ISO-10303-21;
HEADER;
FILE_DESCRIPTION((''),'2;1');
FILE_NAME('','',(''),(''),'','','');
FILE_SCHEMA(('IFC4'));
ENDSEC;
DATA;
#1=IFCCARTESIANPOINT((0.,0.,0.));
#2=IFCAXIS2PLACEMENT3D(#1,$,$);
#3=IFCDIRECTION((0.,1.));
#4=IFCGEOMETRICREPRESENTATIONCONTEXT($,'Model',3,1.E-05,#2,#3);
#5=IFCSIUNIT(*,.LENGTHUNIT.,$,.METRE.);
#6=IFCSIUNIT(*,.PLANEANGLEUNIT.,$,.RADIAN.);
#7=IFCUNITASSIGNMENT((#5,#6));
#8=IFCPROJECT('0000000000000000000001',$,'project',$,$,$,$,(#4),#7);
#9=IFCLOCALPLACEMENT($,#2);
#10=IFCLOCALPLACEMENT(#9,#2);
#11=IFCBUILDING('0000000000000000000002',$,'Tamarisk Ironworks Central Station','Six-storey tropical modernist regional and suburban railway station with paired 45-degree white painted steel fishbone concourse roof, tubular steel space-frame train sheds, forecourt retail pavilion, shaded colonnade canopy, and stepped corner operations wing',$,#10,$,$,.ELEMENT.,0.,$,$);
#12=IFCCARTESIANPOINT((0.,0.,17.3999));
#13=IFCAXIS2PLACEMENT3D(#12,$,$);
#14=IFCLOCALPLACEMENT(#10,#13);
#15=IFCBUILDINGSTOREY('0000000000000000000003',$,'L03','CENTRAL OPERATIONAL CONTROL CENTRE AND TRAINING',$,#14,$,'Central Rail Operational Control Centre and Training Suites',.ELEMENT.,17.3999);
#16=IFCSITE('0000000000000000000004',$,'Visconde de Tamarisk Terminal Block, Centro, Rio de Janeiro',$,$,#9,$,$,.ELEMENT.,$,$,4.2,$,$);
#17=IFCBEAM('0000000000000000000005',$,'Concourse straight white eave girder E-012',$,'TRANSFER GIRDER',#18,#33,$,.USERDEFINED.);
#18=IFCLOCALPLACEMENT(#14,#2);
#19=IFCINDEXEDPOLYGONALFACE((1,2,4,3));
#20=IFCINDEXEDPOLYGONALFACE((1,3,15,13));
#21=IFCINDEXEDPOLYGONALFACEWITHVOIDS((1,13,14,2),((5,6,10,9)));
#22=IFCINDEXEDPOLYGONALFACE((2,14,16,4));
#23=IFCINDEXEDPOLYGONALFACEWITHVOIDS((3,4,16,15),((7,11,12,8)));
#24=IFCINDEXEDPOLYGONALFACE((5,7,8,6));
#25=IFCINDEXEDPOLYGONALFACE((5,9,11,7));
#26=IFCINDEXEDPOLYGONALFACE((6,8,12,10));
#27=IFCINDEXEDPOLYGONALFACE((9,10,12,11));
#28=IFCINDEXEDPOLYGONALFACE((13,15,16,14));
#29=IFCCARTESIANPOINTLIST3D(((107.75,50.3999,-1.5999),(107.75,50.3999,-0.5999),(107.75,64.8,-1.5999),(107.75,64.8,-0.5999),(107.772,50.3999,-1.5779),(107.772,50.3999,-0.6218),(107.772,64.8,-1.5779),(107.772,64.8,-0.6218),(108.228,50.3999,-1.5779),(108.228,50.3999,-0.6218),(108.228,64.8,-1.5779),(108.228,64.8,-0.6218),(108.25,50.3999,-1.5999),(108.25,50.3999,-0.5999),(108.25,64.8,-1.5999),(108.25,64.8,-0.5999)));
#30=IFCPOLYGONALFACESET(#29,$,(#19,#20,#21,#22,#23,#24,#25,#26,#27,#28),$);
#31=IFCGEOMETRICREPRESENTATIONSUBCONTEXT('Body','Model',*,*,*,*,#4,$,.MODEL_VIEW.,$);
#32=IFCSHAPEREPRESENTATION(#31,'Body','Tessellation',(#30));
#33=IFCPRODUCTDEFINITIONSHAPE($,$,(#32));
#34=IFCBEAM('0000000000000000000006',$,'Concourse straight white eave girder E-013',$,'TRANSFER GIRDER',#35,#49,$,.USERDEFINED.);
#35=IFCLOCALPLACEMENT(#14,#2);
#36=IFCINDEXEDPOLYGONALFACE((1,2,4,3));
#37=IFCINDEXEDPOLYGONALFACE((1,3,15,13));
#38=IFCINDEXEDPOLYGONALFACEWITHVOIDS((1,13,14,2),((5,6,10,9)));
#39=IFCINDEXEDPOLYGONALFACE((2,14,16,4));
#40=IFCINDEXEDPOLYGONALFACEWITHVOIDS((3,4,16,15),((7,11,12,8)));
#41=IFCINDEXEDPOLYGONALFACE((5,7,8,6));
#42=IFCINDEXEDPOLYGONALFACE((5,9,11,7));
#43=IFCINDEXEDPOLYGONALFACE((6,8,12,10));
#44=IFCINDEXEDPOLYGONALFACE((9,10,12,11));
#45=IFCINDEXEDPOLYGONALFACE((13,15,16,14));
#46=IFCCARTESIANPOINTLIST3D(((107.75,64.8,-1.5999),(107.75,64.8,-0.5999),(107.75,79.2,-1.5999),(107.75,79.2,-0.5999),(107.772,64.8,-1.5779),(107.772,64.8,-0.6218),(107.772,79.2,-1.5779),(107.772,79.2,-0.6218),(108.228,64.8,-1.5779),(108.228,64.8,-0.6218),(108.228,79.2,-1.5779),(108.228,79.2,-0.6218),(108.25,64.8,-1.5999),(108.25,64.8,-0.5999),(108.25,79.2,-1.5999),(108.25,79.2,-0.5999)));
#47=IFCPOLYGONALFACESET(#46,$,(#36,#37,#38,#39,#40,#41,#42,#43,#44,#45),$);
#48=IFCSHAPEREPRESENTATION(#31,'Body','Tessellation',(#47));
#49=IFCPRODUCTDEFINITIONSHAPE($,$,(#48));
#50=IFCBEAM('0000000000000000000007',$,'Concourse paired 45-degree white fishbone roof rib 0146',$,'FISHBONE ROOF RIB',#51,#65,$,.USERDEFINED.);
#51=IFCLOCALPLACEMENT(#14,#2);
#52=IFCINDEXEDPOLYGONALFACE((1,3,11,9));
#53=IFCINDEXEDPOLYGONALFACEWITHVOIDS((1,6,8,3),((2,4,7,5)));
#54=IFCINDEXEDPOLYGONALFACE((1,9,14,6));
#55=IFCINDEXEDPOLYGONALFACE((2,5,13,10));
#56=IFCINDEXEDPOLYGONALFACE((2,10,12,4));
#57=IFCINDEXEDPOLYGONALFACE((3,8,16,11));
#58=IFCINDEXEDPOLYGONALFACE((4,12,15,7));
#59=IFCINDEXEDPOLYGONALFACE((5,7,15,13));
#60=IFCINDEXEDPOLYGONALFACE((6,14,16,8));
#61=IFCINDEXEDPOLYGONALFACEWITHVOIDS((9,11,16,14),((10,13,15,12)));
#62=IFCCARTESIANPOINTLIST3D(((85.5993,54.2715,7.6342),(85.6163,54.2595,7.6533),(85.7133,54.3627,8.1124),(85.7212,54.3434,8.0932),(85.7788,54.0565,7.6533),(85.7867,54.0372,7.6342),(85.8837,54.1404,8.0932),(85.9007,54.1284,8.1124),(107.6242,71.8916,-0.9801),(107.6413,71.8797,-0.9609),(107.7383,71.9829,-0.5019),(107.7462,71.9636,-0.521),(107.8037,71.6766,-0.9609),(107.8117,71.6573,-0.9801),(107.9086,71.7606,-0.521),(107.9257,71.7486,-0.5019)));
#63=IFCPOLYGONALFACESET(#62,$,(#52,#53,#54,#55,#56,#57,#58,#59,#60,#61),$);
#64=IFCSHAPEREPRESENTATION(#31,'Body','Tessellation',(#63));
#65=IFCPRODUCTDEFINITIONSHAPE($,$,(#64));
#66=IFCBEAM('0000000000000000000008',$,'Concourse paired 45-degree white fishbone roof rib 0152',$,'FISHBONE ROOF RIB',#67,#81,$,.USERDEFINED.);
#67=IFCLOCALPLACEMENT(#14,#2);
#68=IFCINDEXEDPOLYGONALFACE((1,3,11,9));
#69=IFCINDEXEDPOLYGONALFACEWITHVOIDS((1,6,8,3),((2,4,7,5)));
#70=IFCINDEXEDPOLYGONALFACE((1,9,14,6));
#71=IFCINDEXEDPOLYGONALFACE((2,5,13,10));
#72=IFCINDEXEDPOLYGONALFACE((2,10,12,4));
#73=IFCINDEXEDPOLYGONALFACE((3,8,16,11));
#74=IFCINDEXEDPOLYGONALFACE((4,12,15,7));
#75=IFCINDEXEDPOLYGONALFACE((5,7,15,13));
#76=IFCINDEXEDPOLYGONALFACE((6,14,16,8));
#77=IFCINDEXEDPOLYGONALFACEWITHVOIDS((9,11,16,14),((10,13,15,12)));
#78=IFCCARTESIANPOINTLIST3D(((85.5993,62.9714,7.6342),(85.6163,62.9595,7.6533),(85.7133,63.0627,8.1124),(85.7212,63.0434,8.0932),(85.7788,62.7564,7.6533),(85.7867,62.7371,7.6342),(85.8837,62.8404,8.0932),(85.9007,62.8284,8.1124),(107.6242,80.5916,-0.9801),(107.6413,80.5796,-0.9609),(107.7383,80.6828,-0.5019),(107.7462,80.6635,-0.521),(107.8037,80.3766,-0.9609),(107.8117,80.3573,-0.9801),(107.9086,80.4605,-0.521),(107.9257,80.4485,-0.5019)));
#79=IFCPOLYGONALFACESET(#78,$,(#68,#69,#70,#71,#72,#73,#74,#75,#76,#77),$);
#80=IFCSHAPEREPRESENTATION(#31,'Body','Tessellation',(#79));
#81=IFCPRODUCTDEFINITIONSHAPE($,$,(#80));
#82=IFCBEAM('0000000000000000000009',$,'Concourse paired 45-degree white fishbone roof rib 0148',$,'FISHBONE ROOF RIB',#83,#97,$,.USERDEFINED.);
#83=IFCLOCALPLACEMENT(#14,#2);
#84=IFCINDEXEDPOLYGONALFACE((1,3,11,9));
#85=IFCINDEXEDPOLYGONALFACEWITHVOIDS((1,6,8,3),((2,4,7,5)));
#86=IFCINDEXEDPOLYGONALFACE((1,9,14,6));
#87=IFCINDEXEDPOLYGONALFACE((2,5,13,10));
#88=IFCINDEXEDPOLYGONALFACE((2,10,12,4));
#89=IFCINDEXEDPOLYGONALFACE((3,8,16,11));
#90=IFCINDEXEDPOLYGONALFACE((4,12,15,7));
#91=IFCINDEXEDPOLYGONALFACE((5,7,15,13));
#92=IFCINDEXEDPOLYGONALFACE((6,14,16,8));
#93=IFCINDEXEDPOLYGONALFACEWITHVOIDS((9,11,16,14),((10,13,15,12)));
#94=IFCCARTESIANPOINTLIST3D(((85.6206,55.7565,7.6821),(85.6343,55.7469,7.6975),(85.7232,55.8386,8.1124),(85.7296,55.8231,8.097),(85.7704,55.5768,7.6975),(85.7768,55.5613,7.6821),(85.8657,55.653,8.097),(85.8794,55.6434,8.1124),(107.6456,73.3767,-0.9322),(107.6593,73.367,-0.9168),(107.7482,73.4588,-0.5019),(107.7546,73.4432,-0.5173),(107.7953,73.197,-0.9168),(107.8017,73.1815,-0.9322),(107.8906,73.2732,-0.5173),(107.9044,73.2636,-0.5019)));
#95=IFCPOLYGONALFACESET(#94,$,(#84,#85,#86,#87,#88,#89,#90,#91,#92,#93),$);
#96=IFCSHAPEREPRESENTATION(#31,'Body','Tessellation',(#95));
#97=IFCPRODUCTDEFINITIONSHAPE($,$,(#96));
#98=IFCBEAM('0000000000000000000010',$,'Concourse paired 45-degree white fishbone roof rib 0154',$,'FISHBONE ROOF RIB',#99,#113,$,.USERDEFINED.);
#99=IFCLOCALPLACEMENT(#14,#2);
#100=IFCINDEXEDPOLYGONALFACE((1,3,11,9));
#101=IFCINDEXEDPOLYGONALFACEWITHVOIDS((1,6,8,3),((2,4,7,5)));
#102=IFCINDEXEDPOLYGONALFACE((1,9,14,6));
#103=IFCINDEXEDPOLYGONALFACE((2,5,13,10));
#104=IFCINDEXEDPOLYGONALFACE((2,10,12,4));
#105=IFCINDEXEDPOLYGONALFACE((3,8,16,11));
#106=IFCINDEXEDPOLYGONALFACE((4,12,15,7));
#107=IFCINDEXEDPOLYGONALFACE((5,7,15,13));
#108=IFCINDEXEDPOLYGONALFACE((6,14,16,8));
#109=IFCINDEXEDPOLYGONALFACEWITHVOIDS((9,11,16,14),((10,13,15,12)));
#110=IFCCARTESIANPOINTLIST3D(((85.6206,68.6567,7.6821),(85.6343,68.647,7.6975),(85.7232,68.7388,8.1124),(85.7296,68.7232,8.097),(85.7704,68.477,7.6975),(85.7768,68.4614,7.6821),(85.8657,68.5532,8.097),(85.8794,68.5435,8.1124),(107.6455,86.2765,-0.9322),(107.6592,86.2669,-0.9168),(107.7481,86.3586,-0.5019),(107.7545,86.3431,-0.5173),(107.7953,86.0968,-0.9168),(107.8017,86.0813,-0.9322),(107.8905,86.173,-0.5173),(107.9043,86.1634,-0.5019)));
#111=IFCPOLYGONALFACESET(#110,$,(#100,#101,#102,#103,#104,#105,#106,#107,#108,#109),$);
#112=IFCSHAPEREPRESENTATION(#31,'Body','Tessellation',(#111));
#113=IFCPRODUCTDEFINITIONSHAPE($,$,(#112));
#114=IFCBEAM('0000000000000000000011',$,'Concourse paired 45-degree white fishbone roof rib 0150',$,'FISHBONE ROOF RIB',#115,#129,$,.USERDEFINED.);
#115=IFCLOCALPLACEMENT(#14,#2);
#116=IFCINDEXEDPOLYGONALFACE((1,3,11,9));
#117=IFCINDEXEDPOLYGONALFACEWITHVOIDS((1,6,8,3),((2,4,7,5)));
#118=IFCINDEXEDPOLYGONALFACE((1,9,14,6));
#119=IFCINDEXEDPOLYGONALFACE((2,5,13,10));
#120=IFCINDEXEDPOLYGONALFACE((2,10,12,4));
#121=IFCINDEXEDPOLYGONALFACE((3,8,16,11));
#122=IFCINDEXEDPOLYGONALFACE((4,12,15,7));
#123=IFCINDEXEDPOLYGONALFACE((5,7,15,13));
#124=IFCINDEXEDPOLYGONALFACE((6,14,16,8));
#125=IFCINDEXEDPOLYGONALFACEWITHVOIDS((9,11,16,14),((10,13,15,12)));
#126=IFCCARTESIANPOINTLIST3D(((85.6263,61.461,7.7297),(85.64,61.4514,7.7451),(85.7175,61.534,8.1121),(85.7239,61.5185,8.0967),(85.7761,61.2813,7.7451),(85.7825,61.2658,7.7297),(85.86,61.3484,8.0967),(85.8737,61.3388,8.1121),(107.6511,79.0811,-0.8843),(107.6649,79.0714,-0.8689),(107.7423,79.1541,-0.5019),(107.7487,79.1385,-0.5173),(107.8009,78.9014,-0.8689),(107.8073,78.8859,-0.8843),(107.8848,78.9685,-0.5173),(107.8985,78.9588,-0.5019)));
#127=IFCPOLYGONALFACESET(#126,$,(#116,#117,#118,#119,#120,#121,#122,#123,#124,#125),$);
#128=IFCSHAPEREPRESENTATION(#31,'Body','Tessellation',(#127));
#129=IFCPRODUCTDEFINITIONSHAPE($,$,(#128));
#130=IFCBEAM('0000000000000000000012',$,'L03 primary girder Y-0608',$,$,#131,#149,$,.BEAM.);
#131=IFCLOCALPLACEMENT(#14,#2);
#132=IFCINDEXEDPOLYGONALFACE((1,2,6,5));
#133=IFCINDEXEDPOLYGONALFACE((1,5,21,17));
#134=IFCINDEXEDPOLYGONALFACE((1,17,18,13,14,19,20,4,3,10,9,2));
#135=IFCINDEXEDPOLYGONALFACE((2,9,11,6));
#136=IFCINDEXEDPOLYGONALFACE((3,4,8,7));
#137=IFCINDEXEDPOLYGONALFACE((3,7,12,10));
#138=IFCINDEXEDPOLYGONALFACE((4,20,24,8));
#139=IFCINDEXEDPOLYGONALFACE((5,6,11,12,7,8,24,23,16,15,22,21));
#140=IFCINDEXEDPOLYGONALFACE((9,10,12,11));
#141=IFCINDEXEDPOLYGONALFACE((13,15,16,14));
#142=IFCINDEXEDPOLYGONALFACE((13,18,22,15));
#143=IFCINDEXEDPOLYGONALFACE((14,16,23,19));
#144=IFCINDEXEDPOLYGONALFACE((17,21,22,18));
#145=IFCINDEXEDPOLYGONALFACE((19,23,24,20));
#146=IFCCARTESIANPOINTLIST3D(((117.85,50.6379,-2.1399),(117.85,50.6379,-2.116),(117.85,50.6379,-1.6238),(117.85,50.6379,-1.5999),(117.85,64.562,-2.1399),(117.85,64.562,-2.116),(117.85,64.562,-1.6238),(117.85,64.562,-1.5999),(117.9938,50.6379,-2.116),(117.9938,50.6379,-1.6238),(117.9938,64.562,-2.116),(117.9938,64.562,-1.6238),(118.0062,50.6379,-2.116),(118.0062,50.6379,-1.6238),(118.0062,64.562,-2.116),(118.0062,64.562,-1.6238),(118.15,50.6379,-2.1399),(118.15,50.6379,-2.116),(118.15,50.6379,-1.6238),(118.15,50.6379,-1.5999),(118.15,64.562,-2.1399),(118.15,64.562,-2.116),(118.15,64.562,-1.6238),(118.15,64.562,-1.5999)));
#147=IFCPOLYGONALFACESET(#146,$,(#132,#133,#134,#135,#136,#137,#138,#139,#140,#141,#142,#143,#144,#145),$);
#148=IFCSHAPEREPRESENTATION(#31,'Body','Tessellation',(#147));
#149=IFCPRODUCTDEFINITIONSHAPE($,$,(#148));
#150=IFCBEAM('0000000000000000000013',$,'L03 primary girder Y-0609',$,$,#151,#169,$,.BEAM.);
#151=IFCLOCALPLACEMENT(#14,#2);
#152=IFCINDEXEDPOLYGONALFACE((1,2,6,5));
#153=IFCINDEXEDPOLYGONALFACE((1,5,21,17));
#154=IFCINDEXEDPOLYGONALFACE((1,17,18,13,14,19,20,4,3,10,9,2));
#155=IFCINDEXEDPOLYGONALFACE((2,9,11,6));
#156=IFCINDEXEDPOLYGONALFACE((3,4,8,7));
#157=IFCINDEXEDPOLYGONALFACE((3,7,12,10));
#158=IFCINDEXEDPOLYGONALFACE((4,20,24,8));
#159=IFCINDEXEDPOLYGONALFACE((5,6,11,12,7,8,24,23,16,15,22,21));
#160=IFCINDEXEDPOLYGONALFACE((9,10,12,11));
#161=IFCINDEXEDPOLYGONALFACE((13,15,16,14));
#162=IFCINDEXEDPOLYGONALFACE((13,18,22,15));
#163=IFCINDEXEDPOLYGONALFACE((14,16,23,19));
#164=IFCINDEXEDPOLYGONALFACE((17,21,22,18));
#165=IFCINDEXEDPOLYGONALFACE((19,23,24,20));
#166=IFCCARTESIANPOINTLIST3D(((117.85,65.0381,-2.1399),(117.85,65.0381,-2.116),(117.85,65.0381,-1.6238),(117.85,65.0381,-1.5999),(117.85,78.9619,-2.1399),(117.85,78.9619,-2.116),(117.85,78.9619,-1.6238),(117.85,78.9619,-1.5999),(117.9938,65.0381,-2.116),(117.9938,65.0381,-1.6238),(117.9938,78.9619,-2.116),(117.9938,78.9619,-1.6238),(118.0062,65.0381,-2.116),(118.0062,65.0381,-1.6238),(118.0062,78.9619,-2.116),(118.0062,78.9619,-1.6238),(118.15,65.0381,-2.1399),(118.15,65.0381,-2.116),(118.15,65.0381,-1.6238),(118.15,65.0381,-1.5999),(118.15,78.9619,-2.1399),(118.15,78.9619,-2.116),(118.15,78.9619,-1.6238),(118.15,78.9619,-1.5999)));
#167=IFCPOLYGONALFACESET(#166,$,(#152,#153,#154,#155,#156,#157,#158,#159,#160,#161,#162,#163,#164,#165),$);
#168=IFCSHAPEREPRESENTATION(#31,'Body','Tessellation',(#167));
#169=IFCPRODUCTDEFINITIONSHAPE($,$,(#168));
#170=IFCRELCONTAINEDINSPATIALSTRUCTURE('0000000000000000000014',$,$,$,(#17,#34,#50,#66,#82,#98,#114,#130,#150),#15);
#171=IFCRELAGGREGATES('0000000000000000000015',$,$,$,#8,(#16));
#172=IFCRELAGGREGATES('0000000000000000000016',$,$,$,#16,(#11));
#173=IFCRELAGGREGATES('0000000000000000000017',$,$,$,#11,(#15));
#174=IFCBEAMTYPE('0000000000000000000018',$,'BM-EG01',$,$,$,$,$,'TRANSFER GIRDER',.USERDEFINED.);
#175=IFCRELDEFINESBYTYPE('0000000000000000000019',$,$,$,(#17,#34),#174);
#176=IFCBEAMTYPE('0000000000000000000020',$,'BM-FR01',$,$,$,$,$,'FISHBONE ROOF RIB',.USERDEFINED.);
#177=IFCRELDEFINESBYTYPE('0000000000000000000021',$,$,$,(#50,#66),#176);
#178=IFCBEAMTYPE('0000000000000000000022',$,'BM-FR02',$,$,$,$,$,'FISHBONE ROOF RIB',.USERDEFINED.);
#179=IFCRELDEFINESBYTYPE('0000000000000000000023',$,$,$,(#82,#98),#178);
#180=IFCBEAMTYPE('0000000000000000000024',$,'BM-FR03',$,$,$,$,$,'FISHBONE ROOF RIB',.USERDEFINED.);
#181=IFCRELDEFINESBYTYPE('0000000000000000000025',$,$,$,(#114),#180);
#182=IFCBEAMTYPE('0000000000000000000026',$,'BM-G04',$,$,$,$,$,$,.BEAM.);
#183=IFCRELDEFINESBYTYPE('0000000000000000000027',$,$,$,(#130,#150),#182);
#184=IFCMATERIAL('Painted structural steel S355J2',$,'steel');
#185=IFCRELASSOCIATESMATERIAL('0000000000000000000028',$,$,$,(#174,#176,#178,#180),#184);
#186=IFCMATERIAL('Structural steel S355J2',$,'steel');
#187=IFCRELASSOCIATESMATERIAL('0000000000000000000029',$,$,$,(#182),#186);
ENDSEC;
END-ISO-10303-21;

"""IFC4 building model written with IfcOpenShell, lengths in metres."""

from ifc_helpers import new_model, si_unit, direction, frame, origin, origin_2d, place, context, subcontext, project, spatial, hollow_rectangle, i_section, extrude, material, material_profile, profile_set, type_object, element, save


model = new_model("IFC4")

# Units and contexts
model_context = context("Model", 3, precision=1e-05, world=origin(), true_north=direction((0.0, 1.0)))
body_context = subcontext(model_context, "Body", "Model", "MODEL_VIEW")
ifc_project = project(units=[si_unit("LENGTHUNIT", "METRE"), si_unit("PLANEANGLEUNIT", "RADIAN")], contexts=[model_context])

# Site, building, storey
site_placement = place(None, origin())
site = spatial("IfcSite", under=ifc_project, at=site_placement, Name="Visconde de Tamarisk Terminal Block, Centro, Rio de Janeiro", CompositionType="ELEMENT", RefElevation=4.2)
building_placement = place(site_placement, origin())
building = spatial("IfcBuilding", under=site, at=building_placement, Name="Tamarisk Ironworks Central Station", Description="Six-storey tropical modernist regional and suburban railway station with paired 45-degree white painted steel fishbone concourse roof, tubular steel space-frame train sheds, forecourt retail pavilion, shaded colonnade canopy, and stepped corner operations wing", CompositionType="ELEMENT", ElevationOfRefHeight=0.0)
storey_placement = place(building_placement, frame((0.0, 0.0, 17.3999)))
storey = spatial("IfcBuildingStorey", under=building, at=storey_placement, Name="L03", Description="CENTRAL OPERATIONAL CONTROL CENTRE AND TRAINING", LongName="Central Rail Operational Control Centre and Training Suites", CompositionType="ELEMENT", Elevation=17.3999)

# Beams
ifc_material_1 = material(Name="Painted structural steel S355J2", Category="steel")
ifc_material_profile_1 = material_profile(ifc_material_1, hollow_rectangle(XDim=0.5, YDim=1.0, WallThickness=0.022, at=origin_2d()), Name="BOX 500x1000x22")
ifc_profile_set_1 = profile_set([ifc_material_profile_1], Name="Painted structural steel S355J2")
beam_type_1 = type_object("IfcBeamType", Name="BM-EG01", ElementType="TRANSFER GIRDER", PredefinedType="USERDEFINED", material=ifc_profile_set_1)
beam_1_placement = place(storey_placement, frame((108.0, 50.3999, -1.0999), z_axis=(0.0, 1.0, 0.0), x_axis=(-1.0, 0.0, 0.0)))
element("IfcBeam", 1, at=beam_1_placement, inside=storey, type_object=beam_type_1, Name="Concourse straight white eave girder E-012", ObjectType="TRANSFER GIRDER", PredefinedType="USERDEFINED", context=body_context, shape_type="SweptSolid", body=[
    extrude(hollow_rectangle(XDim=0.5, YDim=1.0, WallThickness=0.022, at=origin_2d()), origin(), (0.0, 0.0, 1.0), 14.4001),
])
beam_2_placement = place(storey_placement, frame((108.0, 64.8, -1.0999), z_axis=(0.0, 1.0, 0.0), x_axis=(-1.0, 0.0, 0.0)))
element("IfcBeam", 2, at=beam_2_placement, inside=storey, type_object=beam_type_1, Name="Concourse straight white eave girder E-013", ObjectType="TRANSFER GIRDER", PredefinedType="USERDEFINED", context=body_context, shape_type="SweptSolid", body=[
    extrude(hollow_rectangle(XDim=0.5, YDim=1.0, WallThickness=0.022, at=origin_2d()), origin(), (0.0, 0.0, 1.0), 14.3999),
])
ifc_material_profile_2 = material_profile(ifc_material_1, hollow_rectangle(XDim=0.3, YDim=0.5, WallThickness=0.02, at=origin_2d()), Name="RHS 500x300x20")
ifc_profile_set_2 = profile_set([ifc_material_profile_2], Name="Painted structural steel S355J2")
beam_type_2 = type_object("IfcBeamType", Name="BM-FR01", ElementType="FISHBONE ROOF RIB", PredefinedType="USERDEFINED", material=ifc_profile_set_2)
for number, where, z_axis, x_axis, name in (
    (3, (85.75, 54.2, 7.8733), (0.746813, 0.597457, -0.292089), (-0.624699, 0.780865, 0.0), "Concourse paired 45-degree white fishbone roof rib 0146"),
    (4, (85.75, 62.8999, 7.8733), (0.746813, 0.597457, -0.292089), (-0.624699, 0.780865, 0.0), "Concourse paired 45-degree white fishbone roof rib 0152"),
):
    element("IfcBeam", number, at=place(storey_placement, frame(where, z_axis=z_axis, x_axis=x_axis)), inside=storey, type_object=beam_type_2, Name=name, ObjectType="FISHBONE ROOF RIB", PredefinedType="USERDEFINED", context=body_context, shape_type="SweptSolid", body=[
        extrude(hollow_rectangle(XDim=0.3, YDim=0.5, WallThickness=0.02, at=origin_2d()), origin(), (0.0, 0.0, 1.0), 29.4919),
    ])
ifc_material_profile_3 = material_profile(ifc_material_1, hollow_rectangle(XDim=0.25, YDim=0.45, WallThickness=0.0161, at=origin_2d()), Name="RHS 450x250x16")
ifc_profile_set_3 = profile_set([ifc_material_profile_3], Name="Painted structural steel S355J2")
beam_type_3 = type_object("IfcBeamType", Name="BM-FR02", ElementType="FISHBONE ROOF RIB", PredefinedType="USERDEFINED", material=ifc_profile_set_3)
beam_3_placement = place(storey_placement, frame((85.75, 55.7, 7.8972), z_axis=(0.746813, 0.597457, -0.292089), x_axis=(-0.624699, 0.780865, 0.0)))
element("IfcBeam", 5, at=beam_3_placement, inside=storey, type_object=beam_type_3, Name="Concourse paired 45-degree white fishbone roof rib 0148", ObjectType="FISHBONE ROOF RIB", PredefinedType="USERDEFINED", context=body_context, shape_type="SweptSolid", body=[
    extrude(hollow_rectangle(XDim=0.25, YDim=0.45, WallThickness=0.0161, at=origin_2d()), origin(), (0.0, 0.0, 1.0), 29.4919),
])
beam_4_placement = place(storey_placement, frame((85.75, 68.6001, 7.8972), z_axis=(0.746816, 0.597451, -0.292091), x_axis=(-0.624694, 0.78087, 0.0)))
element("IfcBeam", 6, at=beam_4_placement, inside=storey, type_object=beam_type_3, Name="Concourse paired 45-degree white fishbone roof rib 0154", ObjectType="FISHBONE ROOF RIB", PredefinedType="USERDEFINED", context=body_context, shape_type="SweptSolid", body=[
    extrude(hollow_rectangle(XDim=0.25, YDim=0.45, WallThickness=0.0161, at=origin_2d()), origin(), (0.0, 0.0, 1.0), 29.4917),
])
ifc_material_profile_4 = material_profile(ifc_material_1, hollow_rectangle(XDim=0.25, YDim=0.3999, WallThickness=0.0161, at=origin_2d()), Name="RHS 400x250x16")
ifc_profile_set_4 = profile_set([ifc_material_profile_4], Name="Painted structural steel S355J2")
beam_type_4 = type_object("IfcBeamType", Name="BM-FR03", ElementType="FISHBONE ROOF RIB", PredefinedType="USERDEFINED", material=ifc_profile_set_4)
beam_5_placement = place(storey_placement, frame((85.75, 61.3999, 7.9209), z_axis=(0.746815, 0.597458, -0.292082), x_axis=(-0.624699, 0.780865, 0.0)))
element("IfcBeam", 7, at=beam_5_placement, inside=storey, type_object=beam_type_4, Name="Concourse paired 45-degree white fishbone roof rib 0150", ObjectType="FISHBONE ROOF RIB", PredefinedType="USERDEFINED", context=body_context, shape_type="SweptSolid", body=[
    extrude(hollow_rectangle(XDim=0.25, YDim=0.3999, WallThickness=0.0161, at=origin_2d()), origin(), (0.0, 0.0, 1.0), 29.4917),
])
ifc_material_2 = material(Name="Structural steel S355J2", Category="steel")
ifc_material_profile_5 = material_profile(ifc_material_2, i_section(OverallWidth=0.3, OverallDepth=0.54, WebThickness=0.0125, FlangeThickness=0.0239, at=origin_2d()), Name="HEA 550")
ifc_profile_set_5 = profile_set([ifc_material_profile_5], Name="Structural steel S355J2")
beam_type_5 = type_object("IfcBeamType", Name="BM-G04", PredefinedType="BEAM", material=ifc_profile_set_5)
beam_6_placement = place(storey_placement, frame((118.0, 50.6379, -1.8699), z_axis=(0.0, 1.0, 0.0), x_axis=(-1.0, 0.0, 0.0)))
element("IfcBeam", 8, at=beam_6_placement, inside=storey, type_object=beam_type_5, Name="L03 primary girder Y-0608", PredefinedType="BEAM", context=body_context, shape_type="SweptSolid", body=[
    extrude(i_section(OverallWidth=0.3, OverallDepth=0.54, WebThickness=0.0125, FlangeThickness=0.0239, at=origin_2d()), origin(), (0.0, 0.0, 1.0), 13.9241),
])
beam_7_placement = place(storey_placement, frame((118.0, 65.0381, -1.8699), z_axis=(0.0, 1.0, 0.0), x_axis=(-1.0, 0.0, 0.0)))
element("IfcBeam", 9, at=beam_7_placement, inside=storey, type_object=beam_type_5, Name="L03 primary girder Y-0609", PredefinedType="BEAM", context=body_context, shape_type="SweptSolid", body=[
    extrude(i_section(OverallWidth=0.3, OverallDepth=0.54, WebThickness=0.0125, FlangeThickness=0.0239, at=origin_2d()), origin(), (0.0, 0.0, 1.0), 13.9238),
])

save(model, "model.ifc")
